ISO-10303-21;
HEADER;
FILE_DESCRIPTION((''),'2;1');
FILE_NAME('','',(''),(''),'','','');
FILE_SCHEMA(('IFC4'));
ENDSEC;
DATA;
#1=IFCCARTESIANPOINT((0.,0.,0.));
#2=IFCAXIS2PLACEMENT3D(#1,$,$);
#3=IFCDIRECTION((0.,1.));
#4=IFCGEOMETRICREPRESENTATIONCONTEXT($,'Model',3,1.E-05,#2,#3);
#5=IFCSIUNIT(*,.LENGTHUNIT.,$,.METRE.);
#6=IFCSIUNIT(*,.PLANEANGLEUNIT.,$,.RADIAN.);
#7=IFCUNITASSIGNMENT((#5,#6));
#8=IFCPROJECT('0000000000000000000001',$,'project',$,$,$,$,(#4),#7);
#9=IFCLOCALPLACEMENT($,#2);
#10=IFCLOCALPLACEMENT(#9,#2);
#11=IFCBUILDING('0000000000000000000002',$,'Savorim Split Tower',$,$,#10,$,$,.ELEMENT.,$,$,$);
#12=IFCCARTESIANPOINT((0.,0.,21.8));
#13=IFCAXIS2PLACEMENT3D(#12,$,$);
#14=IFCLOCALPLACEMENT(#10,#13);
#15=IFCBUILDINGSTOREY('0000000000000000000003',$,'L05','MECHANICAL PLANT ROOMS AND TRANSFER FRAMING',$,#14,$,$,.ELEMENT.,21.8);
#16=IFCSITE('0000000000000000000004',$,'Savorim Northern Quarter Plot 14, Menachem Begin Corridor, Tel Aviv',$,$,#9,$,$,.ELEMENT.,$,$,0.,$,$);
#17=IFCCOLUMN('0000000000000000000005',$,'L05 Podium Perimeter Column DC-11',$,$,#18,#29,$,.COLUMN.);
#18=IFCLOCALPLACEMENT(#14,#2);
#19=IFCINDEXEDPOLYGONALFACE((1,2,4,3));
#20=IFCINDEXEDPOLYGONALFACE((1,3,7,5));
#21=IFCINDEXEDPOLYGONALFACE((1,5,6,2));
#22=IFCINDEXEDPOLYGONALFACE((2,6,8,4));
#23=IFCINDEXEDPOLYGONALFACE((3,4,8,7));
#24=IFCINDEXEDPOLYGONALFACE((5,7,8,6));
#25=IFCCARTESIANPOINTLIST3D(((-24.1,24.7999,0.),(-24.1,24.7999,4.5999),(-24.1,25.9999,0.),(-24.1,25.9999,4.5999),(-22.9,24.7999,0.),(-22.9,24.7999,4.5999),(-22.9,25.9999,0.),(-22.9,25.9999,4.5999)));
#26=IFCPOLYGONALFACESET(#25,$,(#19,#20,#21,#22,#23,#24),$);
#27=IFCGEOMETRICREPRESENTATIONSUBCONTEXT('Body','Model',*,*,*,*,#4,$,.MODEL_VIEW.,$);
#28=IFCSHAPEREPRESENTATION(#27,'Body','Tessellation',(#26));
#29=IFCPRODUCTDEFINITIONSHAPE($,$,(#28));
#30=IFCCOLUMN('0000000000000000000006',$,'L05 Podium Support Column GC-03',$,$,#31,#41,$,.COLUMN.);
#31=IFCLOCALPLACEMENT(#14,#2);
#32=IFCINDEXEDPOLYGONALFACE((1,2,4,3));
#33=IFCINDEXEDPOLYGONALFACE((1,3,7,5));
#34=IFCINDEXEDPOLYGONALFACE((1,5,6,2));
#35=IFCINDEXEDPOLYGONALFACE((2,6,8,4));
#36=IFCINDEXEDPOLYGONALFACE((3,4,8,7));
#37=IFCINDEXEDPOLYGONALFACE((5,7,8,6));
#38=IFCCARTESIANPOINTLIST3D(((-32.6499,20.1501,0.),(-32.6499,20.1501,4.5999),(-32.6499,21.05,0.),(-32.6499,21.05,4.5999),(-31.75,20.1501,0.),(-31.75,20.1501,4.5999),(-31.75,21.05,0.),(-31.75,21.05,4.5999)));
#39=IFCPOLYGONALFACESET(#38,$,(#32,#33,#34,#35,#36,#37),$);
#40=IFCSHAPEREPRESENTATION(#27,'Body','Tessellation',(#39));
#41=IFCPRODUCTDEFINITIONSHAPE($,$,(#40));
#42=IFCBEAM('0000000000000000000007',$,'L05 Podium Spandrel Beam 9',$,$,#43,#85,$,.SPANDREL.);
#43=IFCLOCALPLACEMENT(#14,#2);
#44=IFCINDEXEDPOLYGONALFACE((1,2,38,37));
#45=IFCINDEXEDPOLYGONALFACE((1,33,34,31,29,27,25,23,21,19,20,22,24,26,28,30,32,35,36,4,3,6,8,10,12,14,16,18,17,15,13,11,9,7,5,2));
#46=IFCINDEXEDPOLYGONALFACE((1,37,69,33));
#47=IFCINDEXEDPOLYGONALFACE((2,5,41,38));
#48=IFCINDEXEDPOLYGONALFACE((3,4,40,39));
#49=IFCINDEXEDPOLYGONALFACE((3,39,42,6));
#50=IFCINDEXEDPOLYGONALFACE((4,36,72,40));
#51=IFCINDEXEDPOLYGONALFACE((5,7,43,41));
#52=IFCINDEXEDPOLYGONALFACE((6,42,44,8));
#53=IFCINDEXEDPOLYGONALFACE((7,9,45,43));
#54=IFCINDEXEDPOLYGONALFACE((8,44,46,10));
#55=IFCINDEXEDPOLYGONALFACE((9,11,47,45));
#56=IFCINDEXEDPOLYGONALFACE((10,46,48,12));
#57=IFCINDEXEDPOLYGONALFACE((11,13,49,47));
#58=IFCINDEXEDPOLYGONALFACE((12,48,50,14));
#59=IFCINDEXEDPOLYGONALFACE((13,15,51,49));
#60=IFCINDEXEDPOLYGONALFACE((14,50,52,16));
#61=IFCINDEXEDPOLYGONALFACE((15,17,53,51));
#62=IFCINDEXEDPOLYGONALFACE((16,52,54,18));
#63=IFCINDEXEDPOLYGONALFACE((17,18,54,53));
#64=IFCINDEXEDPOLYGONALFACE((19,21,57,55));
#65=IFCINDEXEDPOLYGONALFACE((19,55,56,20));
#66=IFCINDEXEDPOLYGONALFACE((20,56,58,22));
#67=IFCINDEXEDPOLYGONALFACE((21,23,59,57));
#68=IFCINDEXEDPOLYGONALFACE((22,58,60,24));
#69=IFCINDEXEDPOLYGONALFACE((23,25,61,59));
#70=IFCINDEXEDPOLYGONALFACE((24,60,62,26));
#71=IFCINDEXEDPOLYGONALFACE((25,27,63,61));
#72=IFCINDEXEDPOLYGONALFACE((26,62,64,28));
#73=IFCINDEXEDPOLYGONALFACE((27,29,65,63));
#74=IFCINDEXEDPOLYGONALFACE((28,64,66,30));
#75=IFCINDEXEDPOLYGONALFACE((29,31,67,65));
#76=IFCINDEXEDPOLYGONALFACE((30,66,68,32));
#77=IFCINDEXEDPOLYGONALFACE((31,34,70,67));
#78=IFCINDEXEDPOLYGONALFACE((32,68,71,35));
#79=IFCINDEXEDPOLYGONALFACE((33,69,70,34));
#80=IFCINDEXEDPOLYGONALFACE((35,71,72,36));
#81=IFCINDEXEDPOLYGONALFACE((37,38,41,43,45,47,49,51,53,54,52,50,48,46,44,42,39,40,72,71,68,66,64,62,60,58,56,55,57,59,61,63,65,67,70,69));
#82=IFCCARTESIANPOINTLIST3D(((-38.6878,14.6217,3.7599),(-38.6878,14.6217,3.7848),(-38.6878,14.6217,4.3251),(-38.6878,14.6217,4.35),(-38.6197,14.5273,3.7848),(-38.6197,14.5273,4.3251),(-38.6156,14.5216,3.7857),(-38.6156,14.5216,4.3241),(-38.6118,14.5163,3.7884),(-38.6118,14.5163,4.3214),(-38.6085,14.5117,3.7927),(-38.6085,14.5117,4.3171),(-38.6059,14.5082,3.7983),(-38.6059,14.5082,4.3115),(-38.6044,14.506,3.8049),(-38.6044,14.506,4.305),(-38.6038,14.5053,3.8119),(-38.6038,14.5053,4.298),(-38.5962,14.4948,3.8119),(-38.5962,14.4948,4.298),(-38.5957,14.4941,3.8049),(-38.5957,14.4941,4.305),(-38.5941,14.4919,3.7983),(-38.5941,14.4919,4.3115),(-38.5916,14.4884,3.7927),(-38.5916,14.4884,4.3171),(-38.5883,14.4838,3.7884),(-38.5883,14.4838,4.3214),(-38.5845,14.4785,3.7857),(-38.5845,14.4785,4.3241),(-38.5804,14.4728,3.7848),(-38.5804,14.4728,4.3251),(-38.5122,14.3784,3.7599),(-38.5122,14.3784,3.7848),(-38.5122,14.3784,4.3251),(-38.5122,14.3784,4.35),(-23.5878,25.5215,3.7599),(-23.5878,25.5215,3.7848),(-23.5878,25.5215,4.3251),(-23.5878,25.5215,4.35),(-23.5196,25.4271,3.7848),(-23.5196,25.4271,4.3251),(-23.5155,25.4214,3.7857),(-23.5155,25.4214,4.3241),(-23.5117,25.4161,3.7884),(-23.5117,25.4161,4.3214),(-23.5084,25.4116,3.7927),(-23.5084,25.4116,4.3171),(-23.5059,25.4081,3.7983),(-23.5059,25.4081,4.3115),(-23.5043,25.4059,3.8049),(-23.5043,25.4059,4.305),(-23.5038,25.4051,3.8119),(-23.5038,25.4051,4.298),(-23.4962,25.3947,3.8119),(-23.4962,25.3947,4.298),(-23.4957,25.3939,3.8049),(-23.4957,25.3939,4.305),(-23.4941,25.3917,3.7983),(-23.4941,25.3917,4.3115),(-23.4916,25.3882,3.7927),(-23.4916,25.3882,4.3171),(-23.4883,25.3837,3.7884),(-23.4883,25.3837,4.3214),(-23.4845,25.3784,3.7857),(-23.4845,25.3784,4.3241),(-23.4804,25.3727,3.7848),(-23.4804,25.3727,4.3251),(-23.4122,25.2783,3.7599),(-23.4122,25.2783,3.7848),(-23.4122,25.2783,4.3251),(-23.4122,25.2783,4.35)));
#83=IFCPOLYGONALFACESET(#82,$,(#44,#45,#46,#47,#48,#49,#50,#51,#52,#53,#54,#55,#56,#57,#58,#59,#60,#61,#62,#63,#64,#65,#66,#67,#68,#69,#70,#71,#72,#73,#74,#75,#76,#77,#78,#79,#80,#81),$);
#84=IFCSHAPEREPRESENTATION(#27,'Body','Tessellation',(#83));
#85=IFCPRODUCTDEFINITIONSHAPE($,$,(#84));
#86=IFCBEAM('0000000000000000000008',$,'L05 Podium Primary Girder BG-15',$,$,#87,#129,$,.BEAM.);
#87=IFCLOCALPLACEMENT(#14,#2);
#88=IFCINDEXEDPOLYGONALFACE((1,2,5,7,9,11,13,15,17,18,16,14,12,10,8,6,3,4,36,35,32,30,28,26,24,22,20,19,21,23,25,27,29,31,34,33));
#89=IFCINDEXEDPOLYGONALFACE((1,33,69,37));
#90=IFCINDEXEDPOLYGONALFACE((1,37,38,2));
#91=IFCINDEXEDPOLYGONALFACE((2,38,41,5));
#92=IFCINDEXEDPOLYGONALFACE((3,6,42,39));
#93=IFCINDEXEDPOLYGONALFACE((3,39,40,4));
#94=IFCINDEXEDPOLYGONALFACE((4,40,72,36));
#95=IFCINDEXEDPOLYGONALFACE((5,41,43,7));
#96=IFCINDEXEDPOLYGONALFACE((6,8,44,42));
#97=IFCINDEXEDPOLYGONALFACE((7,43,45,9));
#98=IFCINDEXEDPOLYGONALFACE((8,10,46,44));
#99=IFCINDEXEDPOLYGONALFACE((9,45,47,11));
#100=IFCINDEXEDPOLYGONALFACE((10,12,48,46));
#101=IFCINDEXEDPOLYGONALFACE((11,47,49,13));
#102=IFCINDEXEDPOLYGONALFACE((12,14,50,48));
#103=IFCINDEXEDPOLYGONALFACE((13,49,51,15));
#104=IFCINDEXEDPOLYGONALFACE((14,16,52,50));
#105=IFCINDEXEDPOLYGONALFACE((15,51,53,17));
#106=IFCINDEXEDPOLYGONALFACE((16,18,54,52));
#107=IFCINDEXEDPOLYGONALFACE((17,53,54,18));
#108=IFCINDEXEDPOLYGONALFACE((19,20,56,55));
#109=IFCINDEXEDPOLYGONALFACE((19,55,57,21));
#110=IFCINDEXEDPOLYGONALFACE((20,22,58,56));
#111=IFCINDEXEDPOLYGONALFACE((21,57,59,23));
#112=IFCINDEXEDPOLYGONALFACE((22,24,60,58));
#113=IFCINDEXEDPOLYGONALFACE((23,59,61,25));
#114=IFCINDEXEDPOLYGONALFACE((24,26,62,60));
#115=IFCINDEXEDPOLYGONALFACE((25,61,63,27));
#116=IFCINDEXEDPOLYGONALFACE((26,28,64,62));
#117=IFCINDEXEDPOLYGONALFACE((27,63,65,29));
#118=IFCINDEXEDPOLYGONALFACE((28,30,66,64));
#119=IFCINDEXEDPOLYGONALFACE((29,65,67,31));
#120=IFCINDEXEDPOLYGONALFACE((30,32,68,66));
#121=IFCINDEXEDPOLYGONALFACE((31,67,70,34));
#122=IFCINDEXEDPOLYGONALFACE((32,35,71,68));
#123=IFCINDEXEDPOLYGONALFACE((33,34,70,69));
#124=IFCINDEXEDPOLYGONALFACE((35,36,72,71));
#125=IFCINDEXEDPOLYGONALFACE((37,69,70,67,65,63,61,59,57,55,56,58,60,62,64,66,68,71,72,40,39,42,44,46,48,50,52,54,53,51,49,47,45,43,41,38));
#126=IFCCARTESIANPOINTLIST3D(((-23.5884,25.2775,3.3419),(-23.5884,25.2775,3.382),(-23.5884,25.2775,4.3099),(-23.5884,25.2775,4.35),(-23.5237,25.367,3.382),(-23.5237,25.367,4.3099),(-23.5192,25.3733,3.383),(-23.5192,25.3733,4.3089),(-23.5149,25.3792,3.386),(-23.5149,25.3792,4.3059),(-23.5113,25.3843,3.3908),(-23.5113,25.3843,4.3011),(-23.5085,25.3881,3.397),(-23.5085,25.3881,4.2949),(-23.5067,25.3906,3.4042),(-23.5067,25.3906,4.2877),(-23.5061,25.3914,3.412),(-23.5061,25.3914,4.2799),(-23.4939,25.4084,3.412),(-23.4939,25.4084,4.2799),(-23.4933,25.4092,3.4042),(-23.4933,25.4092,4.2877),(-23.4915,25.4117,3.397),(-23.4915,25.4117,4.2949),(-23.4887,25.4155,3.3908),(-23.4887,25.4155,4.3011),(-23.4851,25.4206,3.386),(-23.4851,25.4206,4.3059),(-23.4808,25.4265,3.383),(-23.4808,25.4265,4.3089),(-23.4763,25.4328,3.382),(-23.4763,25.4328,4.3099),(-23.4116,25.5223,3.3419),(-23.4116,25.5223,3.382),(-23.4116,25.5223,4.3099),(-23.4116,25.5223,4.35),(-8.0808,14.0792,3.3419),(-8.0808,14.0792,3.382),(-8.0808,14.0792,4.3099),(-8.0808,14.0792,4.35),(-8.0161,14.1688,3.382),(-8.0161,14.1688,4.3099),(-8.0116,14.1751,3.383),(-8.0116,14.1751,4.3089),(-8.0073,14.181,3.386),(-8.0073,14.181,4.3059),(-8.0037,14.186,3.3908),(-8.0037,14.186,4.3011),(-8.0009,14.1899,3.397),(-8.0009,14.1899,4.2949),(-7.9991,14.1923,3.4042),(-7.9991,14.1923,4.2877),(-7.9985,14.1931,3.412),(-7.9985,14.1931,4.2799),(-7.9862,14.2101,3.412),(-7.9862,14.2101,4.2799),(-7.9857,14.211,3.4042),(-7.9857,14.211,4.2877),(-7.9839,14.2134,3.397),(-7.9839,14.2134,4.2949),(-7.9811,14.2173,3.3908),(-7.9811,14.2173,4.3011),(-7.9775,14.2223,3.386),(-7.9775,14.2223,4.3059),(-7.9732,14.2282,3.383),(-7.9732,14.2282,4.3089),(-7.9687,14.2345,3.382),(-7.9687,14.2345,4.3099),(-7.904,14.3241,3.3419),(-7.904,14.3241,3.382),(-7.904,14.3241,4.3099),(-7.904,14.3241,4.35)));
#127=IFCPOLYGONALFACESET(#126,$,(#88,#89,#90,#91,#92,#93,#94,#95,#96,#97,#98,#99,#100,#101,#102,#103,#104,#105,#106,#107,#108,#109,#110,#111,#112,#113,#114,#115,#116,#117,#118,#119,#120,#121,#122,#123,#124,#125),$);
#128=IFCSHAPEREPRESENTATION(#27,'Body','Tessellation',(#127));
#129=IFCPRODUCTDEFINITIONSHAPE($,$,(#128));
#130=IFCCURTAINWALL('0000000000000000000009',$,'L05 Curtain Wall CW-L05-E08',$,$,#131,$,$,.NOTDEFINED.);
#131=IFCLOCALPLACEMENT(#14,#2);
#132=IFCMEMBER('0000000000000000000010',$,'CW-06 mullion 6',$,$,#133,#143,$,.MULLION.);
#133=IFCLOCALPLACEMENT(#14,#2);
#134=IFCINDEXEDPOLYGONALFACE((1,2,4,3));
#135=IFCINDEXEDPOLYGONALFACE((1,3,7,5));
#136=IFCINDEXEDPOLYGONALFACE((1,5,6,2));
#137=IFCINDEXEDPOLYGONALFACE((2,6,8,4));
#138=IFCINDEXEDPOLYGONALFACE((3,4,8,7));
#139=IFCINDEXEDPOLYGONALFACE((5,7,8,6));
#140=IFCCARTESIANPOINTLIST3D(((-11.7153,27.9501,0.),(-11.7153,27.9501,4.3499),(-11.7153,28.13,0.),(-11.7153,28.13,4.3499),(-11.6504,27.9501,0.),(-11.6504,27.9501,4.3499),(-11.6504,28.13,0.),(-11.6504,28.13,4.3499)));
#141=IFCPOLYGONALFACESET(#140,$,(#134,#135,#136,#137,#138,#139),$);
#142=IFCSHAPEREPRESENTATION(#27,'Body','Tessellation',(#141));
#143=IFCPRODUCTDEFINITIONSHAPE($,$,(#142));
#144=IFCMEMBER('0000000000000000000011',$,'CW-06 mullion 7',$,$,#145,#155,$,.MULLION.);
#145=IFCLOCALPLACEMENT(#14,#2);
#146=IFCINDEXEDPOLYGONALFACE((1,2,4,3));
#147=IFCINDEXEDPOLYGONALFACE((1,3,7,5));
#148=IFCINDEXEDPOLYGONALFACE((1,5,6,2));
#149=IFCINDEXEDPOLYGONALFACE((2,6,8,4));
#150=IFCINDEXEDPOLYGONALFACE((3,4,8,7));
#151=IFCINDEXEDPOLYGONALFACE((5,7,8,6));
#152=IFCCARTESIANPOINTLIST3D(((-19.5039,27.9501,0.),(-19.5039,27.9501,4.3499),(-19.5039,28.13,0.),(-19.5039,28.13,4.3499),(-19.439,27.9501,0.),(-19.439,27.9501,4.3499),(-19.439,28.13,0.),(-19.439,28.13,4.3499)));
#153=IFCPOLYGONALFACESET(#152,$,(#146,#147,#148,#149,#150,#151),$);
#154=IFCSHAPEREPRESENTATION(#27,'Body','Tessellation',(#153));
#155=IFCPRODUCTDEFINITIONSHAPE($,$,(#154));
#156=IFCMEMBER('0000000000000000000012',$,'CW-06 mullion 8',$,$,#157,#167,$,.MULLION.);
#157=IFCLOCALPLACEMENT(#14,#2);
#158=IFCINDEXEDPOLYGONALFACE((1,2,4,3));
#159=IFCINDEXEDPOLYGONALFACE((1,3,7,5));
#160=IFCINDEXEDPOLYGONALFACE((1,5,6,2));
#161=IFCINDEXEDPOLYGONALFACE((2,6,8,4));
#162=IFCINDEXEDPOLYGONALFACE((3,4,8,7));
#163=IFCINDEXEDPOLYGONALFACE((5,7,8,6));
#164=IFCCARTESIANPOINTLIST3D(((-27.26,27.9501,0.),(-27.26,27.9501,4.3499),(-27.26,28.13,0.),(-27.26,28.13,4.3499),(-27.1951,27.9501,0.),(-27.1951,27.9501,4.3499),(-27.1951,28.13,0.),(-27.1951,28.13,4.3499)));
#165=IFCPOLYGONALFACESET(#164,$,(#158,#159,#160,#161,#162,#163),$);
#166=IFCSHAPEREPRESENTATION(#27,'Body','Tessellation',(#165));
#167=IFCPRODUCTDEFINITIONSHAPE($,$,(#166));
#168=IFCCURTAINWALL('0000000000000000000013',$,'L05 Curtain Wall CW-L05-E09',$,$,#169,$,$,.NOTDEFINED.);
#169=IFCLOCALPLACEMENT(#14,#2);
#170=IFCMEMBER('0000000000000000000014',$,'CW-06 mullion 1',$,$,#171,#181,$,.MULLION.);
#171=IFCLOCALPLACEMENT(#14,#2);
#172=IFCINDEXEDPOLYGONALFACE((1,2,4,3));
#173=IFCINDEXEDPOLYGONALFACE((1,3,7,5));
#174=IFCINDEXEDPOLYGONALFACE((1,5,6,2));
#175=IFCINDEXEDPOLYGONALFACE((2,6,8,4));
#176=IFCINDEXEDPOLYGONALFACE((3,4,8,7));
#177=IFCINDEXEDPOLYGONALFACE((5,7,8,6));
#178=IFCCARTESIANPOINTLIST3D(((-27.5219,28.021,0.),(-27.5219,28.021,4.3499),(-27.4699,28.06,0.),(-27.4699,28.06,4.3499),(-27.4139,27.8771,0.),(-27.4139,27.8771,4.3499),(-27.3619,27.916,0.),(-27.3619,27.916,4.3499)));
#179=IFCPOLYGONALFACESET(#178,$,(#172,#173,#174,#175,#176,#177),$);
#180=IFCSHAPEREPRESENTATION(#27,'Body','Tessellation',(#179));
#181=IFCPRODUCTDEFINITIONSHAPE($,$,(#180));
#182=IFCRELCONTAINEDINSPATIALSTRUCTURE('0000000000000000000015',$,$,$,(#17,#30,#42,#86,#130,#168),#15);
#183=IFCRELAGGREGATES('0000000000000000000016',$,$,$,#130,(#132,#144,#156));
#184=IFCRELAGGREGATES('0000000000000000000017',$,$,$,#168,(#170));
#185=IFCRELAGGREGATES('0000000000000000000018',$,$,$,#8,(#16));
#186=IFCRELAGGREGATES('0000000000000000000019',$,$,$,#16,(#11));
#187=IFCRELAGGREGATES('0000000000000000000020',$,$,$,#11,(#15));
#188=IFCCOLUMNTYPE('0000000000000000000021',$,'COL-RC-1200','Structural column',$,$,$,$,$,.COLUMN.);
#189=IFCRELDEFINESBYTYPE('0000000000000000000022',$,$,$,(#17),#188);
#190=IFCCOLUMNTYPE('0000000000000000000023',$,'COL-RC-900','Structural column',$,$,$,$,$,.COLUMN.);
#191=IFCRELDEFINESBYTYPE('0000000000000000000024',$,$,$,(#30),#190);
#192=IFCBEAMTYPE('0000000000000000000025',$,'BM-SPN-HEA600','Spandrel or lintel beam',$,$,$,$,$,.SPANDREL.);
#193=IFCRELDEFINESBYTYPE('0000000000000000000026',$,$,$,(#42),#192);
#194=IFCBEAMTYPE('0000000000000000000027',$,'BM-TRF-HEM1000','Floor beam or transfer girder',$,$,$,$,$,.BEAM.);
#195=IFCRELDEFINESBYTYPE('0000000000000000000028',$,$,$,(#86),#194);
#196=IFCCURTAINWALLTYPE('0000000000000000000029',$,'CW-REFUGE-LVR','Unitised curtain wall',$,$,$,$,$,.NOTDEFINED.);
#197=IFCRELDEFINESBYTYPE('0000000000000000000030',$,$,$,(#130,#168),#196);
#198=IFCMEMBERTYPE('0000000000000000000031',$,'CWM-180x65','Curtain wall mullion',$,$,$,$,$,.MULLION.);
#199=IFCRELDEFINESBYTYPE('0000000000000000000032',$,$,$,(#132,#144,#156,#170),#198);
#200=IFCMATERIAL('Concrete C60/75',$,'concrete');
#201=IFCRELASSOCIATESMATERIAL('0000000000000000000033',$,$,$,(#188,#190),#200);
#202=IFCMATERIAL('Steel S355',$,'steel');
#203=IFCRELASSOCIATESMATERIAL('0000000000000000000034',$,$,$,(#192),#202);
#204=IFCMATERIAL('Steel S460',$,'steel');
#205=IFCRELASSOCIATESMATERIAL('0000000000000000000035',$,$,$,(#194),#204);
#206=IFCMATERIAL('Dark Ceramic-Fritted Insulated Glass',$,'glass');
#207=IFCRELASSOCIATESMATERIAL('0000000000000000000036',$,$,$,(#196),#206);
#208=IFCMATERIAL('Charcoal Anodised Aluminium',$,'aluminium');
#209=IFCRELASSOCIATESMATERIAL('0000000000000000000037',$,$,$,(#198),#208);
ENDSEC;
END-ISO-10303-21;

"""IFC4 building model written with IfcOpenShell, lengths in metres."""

from ifc_helpers import new_model, si_unit, direction, frame, origin, origin_2d, place, context, subcontext, project, spatial, rectangle, i_section, extrude, material, material_profile, profile_set, type_object, element, aggregate, save


model = new_model("IFC4")

# Units and contexts
model_context = context("Model", 3, precision=1e-05, world=origin(), true_north=direction((0.0, 1.0)))
body_context = subcontext(model_context, "Body", "Model", "MODEL_VIEW")
ifc_project = project(units=[si_unit("LENGTHUNIT", "METRE"), si_unit("PLANEANGLEUNIT", "RADIAN")], contexts=[model_context])

# Site, building, storey
site_placement = place(None, origin())
site = spatial("IfcSite", under=ifc_project, at=site_placement, Name="Savorim Northern Quarter Plot 14, Menachem Begin Corridor, Tel Aviv", CompositionType="ELEMENT", RefElevation=0.0)
building_placement = place(site_placement, origin())
building = spatial("IfcBuilding", under=site, at=building_placement, Name="Savorim Split Tower", CompositionType="ELEMENT")
storey_placement = place(building_placement, frame((0.0, 0.0, 21.8)))
storey = spatial("IfcBuildingStorey", under=building, at=storey_placement, Name="L05", Description="MECHANICAL PLANT ROOMS AND TRANSFER FRAMING", CompositionType="ELEMENT", Elevation=21.8)

# Columns
ifc_material_1 = material(Name="Concrete C60/75", Category="concrete")
ifc_material_profile_1 = material_profile(ifc_material_1, rectangle(XDim=1.2, YDim=1.2, at=origin_2d()), Name="RC 1200x1200")
ifc_profile_set_1 = profile_set([ifc_material_profile_1], Name="Concrete C60/75")
column_type_1 = type_object("IfcColumnType", Name="COL-RC-1200", Description="Structural column", PredefinedType="COLUMN", material=ifc_profile_set_1)
column_1_placement = place(storey_placement, frame((-23.5, 25.3999, 0.0), z_axis=(0.0, 0.0, 1.0), x_axis=(1.0, 0.0, 0.0)))
element("IfcColumn", 1, at=column_1_placement, inside=storey, type_object=column_type_1, Name="L05 Podium Perimeter Column DC-11", PredefinedType="COLUMN", context=body_context, shape_type="SweptSolid", body=[
    extrude(rectangle(XDim=1.2, YDim=1.2, at=origin_2d()), origin(), (0.0, 0.0, 1.0), 4.5999),
])
ifc_material_profile_2 = material_profile(ifc_material_1, rectangle(XDim=0.8999, YDim=0.8999, at=origin_2d()), Name="RC 900x900")
ifc_profile_set_2 = profile_set([ifc_material_profile_2], Name="Concrete C60/75")
column_type_2 = type_object("IfcColumnType", Name="COL-RC-900", Description="Structural column", PredefinedType="COLUMN", material=ifc_profile_set_2)
column_2_placement = place(storey_placement, frame((-32.2, 20.6001, 0.0), z_axis=(0.0, 0.0, 1.0), x_axis=(1.0, 0.0, 0.0)))
element("IfcColumn", 2, at=column_2_placement, inside=storey, type_object=column_type_2, Name="L05 Podium Support Column GC-03", PredefinedType="COLUMN", context=body_context, shape_type="SweptSolid", body=[
    extrude(rectangle(XDim=0.8999, YDim=0.8999, at=origin_2d()), origin(), (0.0, 0.0, 1.0), 4.5999),
])

# Beams
ifc_material_2 = material(Name="Steel S355", Category="steel")
ifc_material_profile_3 = material_profile(ifc_material_2, i_section(OverallWidth=0.3, OverallDepth=0.5901, WebThickness=0.0129, FlangeThickness=0.0249, FilletRadius=0.0271, at=origin_2d()), Name="HEA 600")
ifc_profile_set_3 = profile_set([ifc_material_profile_3], Name="Steel S355")
beam_type_1 = type_object("IfcBeamType", Name="BM-SPN-HEA600", Description="Spandrel or lintel beam", PredefinedType="SPANDREL", material=ifc_profile_set_3)
beam_1_placement = place(storey_placement, frame((-23.5, 25.3999, 4.0549), z_axis=(-0.810825, -0.585289, 0.0), x_axis=(0.585289, -0.810825, 0.0)))
element("IfcBeam", 3, at=beam_1_placement, inside=storey, type_object=beam_type_1, Name="L05 Podium Spandrel Beam 9", PredefinedType="SPANDREL", context=body_context, shape_type="SweptSolid", body=[
    extrude(i_section(OverallWidth=0.3, OverallDepth=0.5901, WebThickness=0.0129, FlangeThickness=0.0249, FilletRadius=0.0271, at=origin_2d()), origin(), (0.0, 0.0, 1.0), 18.623),
])
ifc_material_3 = material(Name="Steel S460", Category="steel")
ifc_material_profile_4 = material_profile(ifc_material_3, i_section(OverallWidth=0.302, OverallDepth=1.0081, WebThickness=0.021, FlangeThickness=0.04, FilletRadius=0.03, at=origin_2d()), Name="HE 1000 M")
ifc_profile_set_4 = profile_set([ifc_material_profile_4], Name="Steel S460")
beam_type_2 = type_object("IfcBeamType", Name="BM-TRF-HEM1000", Description="Floor beam or transfer girder", PredefinedType="BEAM", material=ifc_profile_set_4)
beam_2_placement = place(storey_placement, frame((-23.5, 25.3999, 3.8459), z_axis=(0.810721, -0.585433, 0.0), x_axis=(0.585433, 0.810721, 0.0)))
element("IfcBeam", 4, at=beam_2_placement, inside=storey, type_object=beam_type_2, Name="L05 Podium Primary Girder BG-15", PredefinedType="BEAM", context=body_context, shape_type="SweptSolid", body=[
    extrude(i_section(OverallWidth=0.302, OverallDepth=1.0081, WebThickness=0.021, FlangeThickness=0.04, FilletRadius=0.03, at=origin_2d()), origin(), (0.0, 0.0, 1.0), 19.1282),
])

# Curtain walls, members
ifc_material_4 = material(Name="Dark Ceramic-Fritted Insulated Glass", Category="glass")
curtain_wall_type = type_object("IfcCurtainWallType", Name="CW-REFUGE-LVR", Description="Unitised curtain wall", PredefinedType="NOTDEFINED", material=ifc_material_4)
curtain_wall_1_placement = place(storey_placement, origin())
curtain_wall_1 = element("IfcCurtainWall", 5, at=curtain_wall_1_placement, inside=storey, type_object=curtain_wall_type, Name="L05 Curtain Wall CW-L05-E08", PredefinedType="NOTDEFINED")
ifc_material_5 = material(Name="Charcoal Anodised Aluminium", Category="aluminium")
ifc_material_profile_5 = material_profile(ifc_material_5, rectangle(XDim=0.1799, YDim=0.0649, at=origin_2d()), Name="ALU-M 180x65")
ifc_profile_set_5 = profile_set([ifc_material_profile_5], Name="Charcoal Anodised Aluminium")
member_type_1 = type_object("IfcMemberType", Name="CWM-180x65", Description="Curtain wall mullion", PredefinedType="MULLION", material=ifc_profile_set_5)
member_1_placement = place(storey_placement, frame((-11.6829, 28.04, 0.0), z_axis=(0.0, 0.0, 1.0), x_axis=(0.0, -1.0, 0.0)))
member_1 = element("IfcMember", 6, at=member_1_placement, type_object=member_type_1, Name="CW-06 mullion 6", PredefinedType="MULLION", context=body_context, shape_type="SweptSolid", body=[
    extrude(rectangle(XDim=0.1799, YDim=0.0649, at=origin_2d()), origin(), (0.0, 0.0, 1.0), 4.3499),
])
member_2_placement = place(storey_placement, frame((-19.4714, 28.04, 0.0), z_axis=(0.0, 0.0, 1.0), x_axis=(0.0, -1.0, 0.0)))
member_2 = element("IfcMember", 7, at=member_2_placement, type_object=member_type_1, Name="CW-06 mullion 7", PredefinedType="MULLION", context=body_context, shape_type="SweptSolid", body=[
    extrude(rectangle(XDim=0.1799, YDim=0.0649, at=origin_2d()), origin(), (0.0, 0.0, 1.0), 4.3499),
])
member_3_placement = place(storey_placement, frame((-27.2275, 28.04, 0.0), z_axis=(0.0, 0.0, 1.0), x_axis=(0.0, -1.0, 0.0)))
member_3 = element("IfcMember", 8, at=member_3_placement, type_object=member_type_1, Name="CW-06 mullion 8", PredefinedType="MULLION", context=body_context, shape_type="SweptSolid", body=[
    extrude(rectangle(XDim=0.1799, YDim=0.0649, at=origin_2d()), origin(), (0.0, 0.0, 1.0), 4.3499),
])
curtain_wall_2_placement = place(storey_placement, origin())
curtain_wall_2 = element("IfcCurtainWall", 9, at=curtain_wall_2_placement, inside=storey, type_object=curtain_wall_type, Name="L05 Curtain Wall CW-L05-E09", PredefinedType="NOTDEFINED")
member_4_placement = place(storey_placement, frame((-27.4419, 27.9685, 0.0), z_axis=(0.0, 0.0, 1.0), x_axis=(0.6, -0.8, 0.0)))
member_4 = element("IfcMember", 10, at=member_4_placement, type_object=member_type_1, Name="CW-06 mullion 1", PredefinedType="MULLION", context=body_context, shape_type="SweptSolid", body=[
    extrude(rectangle(XDim=0.1799, YDim=0.0649, at=origin_2d()), origin(), (0.0, 0.0, 1.0), 4.3499),
])

aggregate(curtain_wall_1, [member_1, member_2, member_3])
aggregate(curtain_wall_2, [member_4])

save(model, "model.ifc")
